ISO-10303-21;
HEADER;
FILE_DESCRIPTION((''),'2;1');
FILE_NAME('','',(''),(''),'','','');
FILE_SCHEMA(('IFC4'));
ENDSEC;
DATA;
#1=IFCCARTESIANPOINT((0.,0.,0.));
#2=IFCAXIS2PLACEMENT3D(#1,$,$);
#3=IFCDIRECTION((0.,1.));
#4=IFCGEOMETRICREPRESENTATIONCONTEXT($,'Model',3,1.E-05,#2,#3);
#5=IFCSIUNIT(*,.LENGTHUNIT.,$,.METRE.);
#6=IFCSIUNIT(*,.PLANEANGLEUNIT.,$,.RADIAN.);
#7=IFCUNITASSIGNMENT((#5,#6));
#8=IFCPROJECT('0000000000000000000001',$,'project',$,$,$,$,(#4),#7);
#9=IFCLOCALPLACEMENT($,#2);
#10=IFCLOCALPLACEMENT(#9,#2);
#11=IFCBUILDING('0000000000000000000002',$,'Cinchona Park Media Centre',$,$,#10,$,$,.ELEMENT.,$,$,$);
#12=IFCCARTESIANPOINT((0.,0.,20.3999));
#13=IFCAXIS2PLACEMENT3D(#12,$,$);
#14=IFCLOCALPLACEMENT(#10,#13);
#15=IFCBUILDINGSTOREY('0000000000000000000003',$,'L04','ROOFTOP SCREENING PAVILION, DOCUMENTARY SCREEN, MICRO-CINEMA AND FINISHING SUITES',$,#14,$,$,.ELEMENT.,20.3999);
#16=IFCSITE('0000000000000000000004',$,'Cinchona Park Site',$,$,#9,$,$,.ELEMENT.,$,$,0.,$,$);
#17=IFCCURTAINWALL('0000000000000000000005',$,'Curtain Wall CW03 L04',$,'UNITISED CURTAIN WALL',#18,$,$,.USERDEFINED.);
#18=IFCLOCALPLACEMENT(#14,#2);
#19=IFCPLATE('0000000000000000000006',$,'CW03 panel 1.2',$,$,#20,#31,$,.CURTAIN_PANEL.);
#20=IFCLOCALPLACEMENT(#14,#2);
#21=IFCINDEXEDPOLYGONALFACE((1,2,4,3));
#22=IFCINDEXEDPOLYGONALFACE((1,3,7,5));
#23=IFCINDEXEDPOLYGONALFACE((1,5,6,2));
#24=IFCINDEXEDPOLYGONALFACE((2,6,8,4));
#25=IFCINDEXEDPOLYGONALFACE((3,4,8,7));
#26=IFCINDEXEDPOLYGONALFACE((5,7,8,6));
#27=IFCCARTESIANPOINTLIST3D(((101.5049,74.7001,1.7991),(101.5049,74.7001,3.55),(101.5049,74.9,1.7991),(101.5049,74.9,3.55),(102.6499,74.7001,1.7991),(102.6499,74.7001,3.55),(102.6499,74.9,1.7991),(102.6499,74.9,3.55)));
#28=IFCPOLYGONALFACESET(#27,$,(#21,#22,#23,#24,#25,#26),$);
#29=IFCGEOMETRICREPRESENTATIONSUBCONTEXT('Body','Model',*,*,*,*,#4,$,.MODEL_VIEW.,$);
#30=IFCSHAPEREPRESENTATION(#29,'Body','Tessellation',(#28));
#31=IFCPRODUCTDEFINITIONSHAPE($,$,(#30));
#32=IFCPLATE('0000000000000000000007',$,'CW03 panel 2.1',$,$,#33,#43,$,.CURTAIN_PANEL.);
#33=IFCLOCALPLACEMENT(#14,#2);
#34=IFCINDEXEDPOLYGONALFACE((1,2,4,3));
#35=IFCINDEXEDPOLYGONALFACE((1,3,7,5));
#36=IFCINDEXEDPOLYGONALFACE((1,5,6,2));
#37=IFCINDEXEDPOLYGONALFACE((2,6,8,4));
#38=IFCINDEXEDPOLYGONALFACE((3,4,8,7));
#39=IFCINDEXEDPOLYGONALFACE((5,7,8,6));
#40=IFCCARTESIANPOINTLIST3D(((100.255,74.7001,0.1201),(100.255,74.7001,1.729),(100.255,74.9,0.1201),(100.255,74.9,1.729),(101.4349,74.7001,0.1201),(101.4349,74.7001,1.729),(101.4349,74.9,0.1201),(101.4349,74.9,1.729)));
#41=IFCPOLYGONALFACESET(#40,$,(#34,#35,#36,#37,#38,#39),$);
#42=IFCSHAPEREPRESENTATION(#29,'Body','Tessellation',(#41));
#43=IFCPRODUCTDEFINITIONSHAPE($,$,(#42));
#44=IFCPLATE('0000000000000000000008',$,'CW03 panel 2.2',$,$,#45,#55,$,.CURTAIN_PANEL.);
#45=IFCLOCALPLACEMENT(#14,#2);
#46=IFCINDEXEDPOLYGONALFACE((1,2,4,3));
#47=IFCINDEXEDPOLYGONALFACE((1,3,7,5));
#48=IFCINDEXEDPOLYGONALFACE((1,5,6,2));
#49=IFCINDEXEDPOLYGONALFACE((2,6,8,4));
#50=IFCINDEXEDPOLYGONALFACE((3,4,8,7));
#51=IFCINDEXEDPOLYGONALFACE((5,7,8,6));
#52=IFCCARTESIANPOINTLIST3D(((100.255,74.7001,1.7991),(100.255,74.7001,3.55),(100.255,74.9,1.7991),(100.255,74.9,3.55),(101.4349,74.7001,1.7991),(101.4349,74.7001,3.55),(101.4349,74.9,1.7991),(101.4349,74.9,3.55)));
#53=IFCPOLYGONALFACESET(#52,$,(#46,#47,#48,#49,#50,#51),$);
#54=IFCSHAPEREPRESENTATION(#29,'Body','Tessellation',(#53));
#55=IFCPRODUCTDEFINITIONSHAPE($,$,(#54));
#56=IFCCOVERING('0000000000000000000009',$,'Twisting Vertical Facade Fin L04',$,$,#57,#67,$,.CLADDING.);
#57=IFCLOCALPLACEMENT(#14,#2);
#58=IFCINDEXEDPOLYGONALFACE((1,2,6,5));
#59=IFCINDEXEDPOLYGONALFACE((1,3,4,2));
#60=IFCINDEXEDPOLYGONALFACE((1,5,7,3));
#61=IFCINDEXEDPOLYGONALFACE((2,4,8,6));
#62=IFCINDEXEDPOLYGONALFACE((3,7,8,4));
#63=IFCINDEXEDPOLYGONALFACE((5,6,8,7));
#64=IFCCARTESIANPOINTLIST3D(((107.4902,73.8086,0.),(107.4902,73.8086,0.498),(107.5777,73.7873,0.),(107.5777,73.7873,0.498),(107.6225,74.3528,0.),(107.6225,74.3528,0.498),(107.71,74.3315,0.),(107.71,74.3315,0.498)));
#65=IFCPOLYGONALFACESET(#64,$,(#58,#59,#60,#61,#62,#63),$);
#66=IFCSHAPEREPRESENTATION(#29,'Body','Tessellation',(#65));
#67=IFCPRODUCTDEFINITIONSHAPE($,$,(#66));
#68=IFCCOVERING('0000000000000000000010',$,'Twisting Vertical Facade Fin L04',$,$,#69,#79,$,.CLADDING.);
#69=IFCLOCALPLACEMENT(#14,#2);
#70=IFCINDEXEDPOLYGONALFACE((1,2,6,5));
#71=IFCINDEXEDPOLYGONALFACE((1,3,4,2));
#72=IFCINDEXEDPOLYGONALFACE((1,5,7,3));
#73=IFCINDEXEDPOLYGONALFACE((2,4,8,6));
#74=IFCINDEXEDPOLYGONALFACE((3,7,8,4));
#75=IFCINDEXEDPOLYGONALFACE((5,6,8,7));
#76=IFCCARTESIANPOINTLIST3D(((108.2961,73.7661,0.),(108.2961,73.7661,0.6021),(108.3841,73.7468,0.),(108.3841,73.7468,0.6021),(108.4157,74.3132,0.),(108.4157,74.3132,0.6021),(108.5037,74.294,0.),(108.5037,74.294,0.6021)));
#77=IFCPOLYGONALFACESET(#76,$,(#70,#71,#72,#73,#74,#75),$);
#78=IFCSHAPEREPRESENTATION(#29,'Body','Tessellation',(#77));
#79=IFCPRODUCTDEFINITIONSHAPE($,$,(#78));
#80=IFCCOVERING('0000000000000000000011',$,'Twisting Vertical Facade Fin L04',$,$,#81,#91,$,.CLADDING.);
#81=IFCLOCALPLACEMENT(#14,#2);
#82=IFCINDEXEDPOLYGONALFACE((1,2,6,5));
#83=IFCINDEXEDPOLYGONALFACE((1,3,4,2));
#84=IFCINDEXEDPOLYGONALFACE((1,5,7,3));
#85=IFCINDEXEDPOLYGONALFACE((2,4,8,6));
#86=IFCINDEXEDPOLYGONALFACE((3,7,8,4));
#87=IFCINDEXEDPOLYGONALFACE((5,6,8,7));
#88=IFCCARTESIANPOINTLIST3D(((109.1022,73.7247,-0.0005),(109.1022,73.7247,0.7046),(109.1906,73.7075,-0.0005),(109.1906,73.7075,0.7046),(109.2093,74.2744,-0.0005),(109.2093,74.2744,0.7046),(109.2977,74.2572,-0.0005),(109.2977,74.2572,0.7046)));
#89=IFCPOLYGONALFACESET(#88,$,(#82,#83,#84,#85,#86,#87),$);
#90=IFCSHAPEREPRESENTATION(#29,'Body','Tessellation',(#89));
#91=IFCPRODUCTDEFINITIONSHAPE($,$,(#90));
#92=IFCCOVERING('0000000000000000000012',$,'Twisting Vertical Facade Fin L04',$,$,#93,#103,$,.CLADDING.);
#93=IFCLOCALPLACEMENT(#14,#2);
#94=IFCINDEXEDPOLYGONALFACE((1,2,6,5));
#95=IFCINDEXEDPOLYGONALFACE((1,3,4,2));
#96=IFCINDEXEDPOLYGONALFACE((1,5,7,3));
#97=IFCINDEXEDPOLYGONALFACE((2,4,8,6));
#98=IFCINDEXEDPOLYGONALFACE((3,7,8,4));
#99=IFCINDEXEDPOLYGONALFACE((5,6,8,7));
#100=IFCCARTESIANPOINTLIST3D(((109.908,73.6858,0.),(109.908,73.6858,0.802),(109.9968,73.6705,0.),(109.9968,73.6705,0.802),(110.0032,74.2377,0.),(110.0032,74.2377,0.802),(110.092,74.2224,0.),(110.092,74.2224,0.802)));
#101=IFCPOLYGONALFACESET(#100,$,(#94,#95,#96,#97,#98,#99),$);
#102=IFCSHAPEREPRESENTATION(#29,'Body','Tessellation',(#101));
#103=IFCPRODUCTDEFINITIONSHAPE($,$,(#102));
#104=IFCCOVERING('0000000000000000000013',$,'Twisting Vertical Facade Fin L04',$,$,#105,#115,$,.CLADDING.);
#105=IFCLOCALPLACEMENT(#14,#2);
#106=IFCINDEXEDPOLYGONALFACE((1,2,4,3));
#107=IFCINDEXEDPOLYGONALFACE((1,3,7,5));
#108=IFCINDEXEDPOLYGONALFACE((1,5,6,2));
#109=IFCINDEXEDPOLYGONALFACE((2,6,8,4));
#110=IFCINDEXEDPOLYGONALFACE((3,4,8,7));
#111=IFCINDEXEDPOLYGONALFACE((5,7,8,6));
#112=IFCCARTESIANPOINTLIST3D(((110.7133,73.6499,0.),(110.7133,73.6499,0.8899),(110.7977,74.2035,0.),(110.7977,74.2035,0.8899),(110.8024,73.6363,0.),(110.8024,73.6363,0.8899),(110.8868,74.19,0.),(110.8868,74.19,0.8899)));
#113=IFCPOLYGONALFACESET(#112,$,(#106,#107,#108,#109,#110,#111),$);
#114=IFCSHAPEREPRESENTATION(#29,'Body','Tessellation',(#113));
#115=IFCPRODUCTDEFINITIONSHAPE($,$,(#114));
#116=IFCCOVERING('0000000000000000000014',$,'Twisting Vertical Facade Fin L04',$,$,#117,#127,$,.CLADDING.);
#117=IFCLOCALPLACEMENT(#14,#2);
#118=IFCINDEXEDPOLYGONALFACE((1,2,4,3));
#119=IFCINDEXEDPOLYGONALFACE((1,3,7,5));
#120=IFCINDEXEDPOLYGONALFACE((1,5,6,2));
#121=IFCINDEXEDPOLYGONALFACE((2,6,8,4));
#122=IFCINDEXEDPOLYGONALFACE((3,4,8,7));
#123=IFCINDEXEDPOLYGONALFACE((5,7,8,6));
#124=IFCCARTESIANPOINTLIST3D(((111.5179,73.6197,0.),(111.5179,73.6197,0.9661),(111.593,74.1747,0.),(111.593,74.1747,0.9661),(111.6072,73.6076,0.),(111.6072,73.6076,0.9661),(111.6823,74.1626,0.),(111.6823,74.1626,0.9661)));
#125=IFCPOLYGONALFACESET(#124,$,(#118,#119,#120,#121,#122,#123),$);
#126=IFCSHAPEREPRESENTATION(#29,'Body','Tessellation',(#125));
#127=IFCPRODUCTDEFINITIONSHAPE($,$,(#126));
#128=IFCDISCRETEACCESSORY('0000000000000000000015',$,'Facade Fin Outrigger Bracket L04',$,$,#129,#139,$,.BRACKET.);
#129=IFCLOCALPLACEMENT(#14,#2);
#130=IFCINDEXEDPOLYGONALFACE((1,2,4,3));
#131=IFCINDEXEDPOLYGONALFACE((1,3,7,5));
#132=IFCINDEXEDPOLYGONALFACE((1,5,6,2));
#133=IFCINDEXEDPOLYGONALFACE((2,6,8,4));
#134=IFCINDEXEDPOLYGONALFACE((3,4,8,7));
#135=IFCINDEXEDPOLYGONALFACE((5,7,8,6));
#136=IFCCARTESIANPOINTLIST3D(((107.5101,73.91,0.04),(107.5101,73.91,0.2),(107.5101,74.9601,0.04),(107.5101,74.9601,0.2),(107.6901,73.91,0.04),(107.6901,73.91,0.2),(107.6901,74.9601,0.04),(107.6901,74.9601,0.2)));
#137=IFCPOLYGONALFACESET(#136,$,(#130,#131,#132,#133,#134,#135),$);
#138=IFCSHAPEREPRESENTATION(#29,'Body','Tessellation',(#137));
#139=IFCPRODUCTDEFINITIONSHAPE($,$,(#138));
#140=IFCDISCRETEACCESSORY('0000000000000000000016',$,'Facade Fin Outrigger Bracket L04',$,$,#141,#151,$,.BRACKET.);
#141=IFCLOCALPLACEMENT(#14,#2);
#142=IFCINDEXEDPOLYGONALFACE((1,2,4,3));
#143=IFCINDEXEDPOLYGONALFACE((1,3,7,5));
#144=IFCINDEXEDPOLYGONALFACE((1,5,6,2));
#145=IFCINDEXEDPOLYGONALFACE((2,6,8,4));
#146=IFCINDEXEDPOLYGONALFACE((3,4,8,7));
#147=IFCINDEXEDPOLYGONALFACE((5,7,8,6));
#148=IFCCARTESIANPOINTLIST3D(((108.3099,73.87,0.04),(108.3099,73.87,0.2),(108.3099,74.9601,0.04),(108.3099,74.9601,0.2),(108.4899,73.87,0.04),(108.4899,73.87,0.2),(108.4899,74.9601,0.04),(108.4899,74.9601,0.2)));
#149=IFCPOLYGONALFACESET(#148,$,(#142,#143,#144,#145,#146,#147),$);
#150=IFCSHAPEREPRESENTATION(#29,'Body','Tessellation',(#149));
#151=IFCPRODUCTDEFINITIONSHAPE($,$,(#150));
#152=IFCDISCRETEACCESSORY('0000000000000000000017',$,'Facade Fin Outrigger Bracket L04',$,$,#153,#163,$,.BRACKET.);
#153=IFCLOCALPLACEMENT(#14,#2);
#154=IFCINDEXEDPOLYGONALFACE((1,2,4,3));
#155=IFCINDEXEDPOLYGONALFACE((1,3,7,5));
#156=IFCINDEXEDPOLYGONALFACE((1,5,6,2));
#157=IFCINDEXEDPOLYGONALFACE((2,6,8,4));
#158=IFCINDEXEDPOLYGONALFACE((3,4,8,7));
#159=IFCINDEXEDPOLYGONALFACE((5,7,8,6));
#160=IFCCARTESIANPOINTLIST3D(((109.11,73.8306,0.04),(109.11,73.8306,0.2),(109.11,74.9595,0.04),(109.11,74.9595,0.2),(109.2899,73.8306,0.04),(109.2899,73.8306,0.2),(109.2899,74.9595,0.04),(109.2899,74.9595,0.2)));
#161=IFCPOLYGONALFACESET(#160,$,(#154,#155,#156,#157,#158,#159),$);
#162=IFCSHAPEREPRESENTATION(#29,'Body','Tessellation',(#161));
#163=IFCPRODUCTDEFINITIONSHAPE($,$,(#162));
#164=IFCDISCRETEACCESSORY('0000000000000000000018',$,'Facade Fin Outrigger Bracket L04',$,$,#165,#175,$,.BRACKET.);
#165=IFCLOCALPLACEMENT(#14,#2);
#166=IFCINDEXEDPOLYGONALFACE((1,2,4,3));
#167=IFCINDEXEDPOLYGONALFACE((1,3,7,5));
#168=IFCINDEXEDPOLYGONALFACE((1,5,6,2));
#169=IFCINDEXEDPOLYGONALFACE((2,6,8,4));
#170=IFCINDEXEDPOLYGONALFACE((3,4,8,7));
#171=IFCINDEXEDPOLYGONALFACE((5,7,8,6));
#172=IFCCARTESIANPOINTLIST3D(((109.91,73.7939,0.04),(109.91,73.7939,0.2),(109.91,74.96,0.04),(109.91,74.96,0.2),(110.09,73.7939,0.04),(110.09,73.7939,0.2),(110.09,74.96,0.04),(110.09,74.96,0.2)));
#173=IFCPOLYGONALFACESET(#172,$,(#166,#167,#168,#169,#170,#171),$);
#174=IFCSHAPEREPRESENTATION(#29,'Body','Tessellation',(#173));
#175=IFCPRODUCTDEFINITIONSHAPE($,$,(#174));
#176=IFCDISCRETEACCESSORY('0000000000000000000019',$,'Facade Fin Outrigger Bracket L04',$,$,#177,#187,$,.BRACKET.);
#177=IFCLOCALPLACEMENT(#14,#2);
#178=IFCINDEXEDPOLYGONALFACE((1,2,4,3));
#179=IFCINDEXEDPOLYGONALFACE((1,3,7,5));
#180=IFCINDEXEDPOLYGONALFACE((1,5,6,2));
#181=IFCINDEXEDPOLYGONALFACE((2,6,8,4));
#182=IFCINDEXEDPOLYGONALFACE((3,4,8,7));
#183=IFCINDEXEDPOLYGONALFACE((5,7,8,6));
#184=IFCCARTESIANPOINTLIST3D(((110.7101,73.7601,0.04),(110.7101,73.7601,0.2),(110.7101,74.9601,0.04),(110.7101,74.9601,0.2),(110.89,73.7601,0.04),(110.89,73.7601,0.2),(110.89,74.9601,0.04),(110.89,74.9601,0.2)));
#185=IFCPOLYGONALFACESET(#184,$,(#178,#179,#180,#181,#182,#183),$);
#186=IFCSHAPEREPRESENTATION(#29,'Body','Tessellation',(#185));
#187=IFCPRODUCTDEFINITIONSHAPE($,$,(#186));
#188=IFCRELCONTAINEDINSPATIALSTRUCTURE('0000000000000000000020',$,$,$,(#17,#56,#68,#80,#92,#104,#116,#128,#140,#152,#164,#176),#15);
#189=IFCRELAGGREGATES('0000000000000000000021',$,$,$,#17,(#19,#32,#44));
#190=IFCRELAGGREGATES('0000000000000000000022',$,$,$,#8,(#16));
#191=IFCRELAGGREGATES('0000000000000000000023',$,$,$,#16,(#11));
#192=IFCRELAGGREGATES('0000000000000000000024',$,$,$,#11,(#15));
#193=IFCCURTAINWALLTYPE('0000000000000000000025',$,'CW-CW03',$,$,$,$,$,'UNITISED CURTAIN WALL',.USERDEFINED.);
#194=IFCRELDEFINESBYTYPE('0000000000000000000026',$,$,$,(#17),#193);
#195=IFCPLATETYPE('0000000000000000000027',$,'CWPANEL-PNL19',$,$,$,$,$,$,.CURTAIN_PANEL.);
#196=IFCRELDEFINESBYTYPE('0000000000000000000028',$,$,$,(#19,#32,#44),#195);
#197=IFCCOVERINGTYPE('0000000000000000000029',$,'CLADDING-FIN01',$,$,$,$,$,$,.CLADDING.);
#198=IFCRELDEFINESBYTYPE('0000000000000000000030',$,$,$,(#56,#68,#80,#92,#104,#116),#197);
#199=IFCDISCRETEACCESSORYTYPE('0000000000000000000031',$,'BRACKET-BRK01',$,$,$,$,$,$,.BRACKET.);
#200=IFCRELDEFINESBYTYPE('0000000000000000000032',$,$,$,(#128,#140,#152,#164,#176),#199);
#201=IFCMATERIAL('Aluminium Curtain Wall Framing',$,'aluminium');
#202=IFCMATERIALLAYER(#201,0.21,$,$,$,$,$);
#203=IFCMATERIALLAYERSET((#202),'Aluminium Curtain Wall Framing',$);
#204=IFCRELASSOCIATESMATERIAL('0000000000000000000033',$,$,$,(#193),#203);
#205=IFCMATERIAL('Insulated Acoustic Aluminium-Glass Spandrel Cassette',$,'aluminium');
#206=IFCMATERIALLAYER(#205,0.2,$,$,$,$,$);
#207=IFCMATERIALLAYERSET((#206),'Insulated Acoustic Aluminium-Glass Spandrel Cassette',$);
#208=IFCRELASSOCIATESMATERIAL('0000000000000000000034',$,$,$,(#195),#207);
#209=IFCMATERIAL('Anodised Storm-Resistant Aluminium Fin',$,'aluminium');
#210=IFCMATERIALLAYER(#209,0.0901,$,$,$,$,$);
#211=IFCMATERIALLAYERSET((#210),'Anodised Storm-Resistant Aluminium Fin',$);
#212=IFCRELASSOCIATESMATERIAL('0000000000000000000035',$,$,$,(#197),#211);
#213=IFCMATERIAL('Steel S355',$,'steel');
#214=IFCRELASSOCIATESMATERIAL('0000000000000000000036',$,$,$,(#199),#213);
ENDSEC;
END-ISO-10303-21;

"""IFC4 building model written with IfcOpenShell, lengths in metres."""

from ifc_helpers import new_model, si_unit, direction, frame, origin, origin_2d, place, context, subcontext, project, spatial, rectangle, extrude, material, layer, layer_set, type_object, element, aggregate, save


model = new_model("IFC4")

# Units and contexts
model_context = context("Model", 3, precision=1e-05, world=origin(), true_north=direction((0.0, 1.0)))
body_context = subcontext(model_context, "Body", "Model", "MODEL_VIEW")
ifc_project = project(units=[si_unit("LENGTHUNIT", "METRE"), si_unit("PLANEANGLEUNIT", "RADIAN")], contexts=[model_context])

# Site, building, storey
site_placement = place(None, origin())
site = spatial("IfcSite", under=ifc_project, at=site_placement, Name="Cinchona Park Site", CompositionType="ELEMENT", RefElevation=0.0)
building_placement = place(site_placement, origin())
building = spatial("IfcBuilding", under=site, at=building_placement, Name="Cinchona Park Media Centre", CompositionType="ELEMENT")
storey_placement = place(building_placement, frame((0.0, 0.0, 20.3999)))
storey = spatial("IfcBuildingStorey", under=building, at=storey_placement, Name="L04", Description="ROOFTOP SCREENING PAVILION, DOCUMENTARY SCREEN, MICRO-CINEMA AND FINISHING SUITES", CompositionType="ELEMENT", Elevation=20.3999)

# Curtain wall
ifc_material_1 = material(Name="Aluminium Curtain Wall Framing", Category="aluminium")
ifc_layer_1 = layer(ifc_material_1, 0.21)
ifc_layer_set_1 = layer_set([ifc_layer_1], Name="Aluminium Curtain Wall Framing")
curtain_wall_type_1 = type_object("IfcCurtainWallType", Name="CW-CW03", ElementType="UNITISED CURTAIN WALL", PredefinedType="USERDEFINED", material=ifc_layer_set_1)
curtain_wall_1_placement = place(storey_placement, origin())
curtain_wall_1 = element("IfcCurtainWall", 1, at=curtain_wall_1_placement, inside=storey, type_object=curtain_wall_type_1, Name="Curtain Wall CW03 L04", ObjectType="UNITISED CURTAIN WALL", PredefinedType="USERDEFINED")

# Plates
ifc_material_2 = material(Name="Insulated Acoustic Aluminium-Glass Spandrel Cassette", Category="aluminium")
ifc_layer_2 = layer(ifc_material_2, 0.2)
ifc_layer_set_2 = layer_set([ifc_layer_2], Name="Insulated Acoustic Aluminium-Glass Spandrel Cassette")
plate_type_1 = type_object("IfcPlateType", Name="CWPANEL-PNL19", PredefinedType="CURTAIN_PANEL", material=ifc_layer_set_2)
plate_1_placement = place(storey_placement, frame((102.0774, 74.8, 1.7991), z_axis=(0.0, 0.0, 1.0), x_axis=(-1.0, 0.0, 0.0)))
plate_1 = element("IfcPlate", 2, at=plate_1_placement, type_object=plate_type_1, Name="CW03 panel 1.2", PredefinedType="CURTAIN_PANEL", context=body_context, shape_type="SweptSolid", body=[
    extrude(rectangle(XDim=1.145, YDim=0.2, at=origin_2d()), origin(), (0.0, 0.0, 1.0), 1.751),
])
plate_2_placement = place(storey_placement, frame((100.845, 74.8, 0.1201), z_axis=(0.0, 0.0, 1.0), x_axis=(-1.0, 0.0, 0.0)))
plate_2 = element("IfcPlate", 3, at=plate_2_placement, type_object=plate_type_1, Name="CW03 panel 2.1", PredefinedType="CURTAIN_PANEL", context=body_context, shape_type="SweptSolid", body=[
    extrude(rectangle(XDim=1.1799, YDim=0.2, at=origin_2d()), origin(), (0.0, 0.0, 1.0), 1.6089),
])
plate_3_placement = place(storey_placement, frame((100.845, 74.8, 1.7991), z_axis=(0.0, 0.0, 1.0), x_axis=(-1.0, 0.0, 0.0)))
plate_3 = element("IfcPlate", 4, at=plate_3_placement, type_object=plate_type_1, Name="CW03 panel 2.2", PredefinedType="CURTAIN_PANEL", context=body_context, shape_type="SweptSolid", body=[
    extrude(rectangle(XDim=1.1799, YDim=0.2, at=origin_2d()), origin(), (0.0, 0.0, 1.0), 1.751),
])
aggregate(curtain_wall_1, [plate_1, plate_2, plate_3])

# Coverings
ifc_material_3 = material(Name="Anodised Storm-Resistant Aluminium Fin", Category="aluminium")
ifc_layer_3 = layer(ifc_material_3, 0.0901)
ifc_layer_set_3 = layer_set([ifc_layer_3], Name="Anodised Storm-Resistant Aluminium Fin")
covering_type = type_object("IfcCoveringType", Name="CLADDING-FIN01", PredefinedType="CLADDING", material=ifc_layer_set_3)
covering_1_placement = place(storey_placement, frame((107.6001, 74.0701, 0.0), z_axis=(0.0, 0.0, 1.0), x_axis=(0.236329, 0.971673, 0.0)))
element("IfcCovering", 5, at=covering_1_placement, inside=storey, type_object=covering_type, Name="Twisting Vertical Facade Fin L04", PredefinedType="CLADDING", context=body_context, shape_type="SweptSolid", body=[
    extrude(rectangle(XDim=0.5601, YDim=0.0901, at=origin_2d()), origin(), (0.0, 0.0, 1.0), 0.498),
])
covering_2_placement = place(storey_placement, frame((108.3999, 74.03, 0.0), z_axis=(0.0, 0.0, 1.0), x_axis=(0.213542, 0.976934, 0.0)))
element("IfcCovering", 6, at=covering_2_placement, inside=storey, type_object=covering_type, Name="Twisting Vertical Facade Fin L04", PredefinedType="CLADDING", context=body_context, shape_type="SweptSolid", body=[
    extrude(rectangle(XDim=0.5601, YDim=0.0901, at=origin_2d()), origin(), (0.0, 0.0, 1.0), 0.6021),
])
covering_3_placement = place(storey_placement, frame((109.2, 73.991, -0.0005), z_axis=(0.0, 0.0, 1.0), x_axis=(0.191323, 0.981527, 0.0)))
element("IfcCovering", 7, at=covering_3_placement, inside=storey, type_object=covering_type, Name="Twisting Vertical Facade Fin L04", PredefinedType="CLADDING", context=body_context, shape_type="SweptSolid", body=[
    extrude(rectangle(XDim=0.5601, YDim=0.0901, at=origin_2d()), origin(), (0.0, 0.0, 1.0), 0.7051),
])
covering_4_placement = place(storey_placement, frame((110.0, 73.9541, 0.0), z_axis=(0.0, 0.0, 1.0), x_axis=(0.170038, 0.985438, 0.0)))
element("IfcCovering", 8, at=covering_4_placement, inside=storey, type_object=covering_type, Name="Twisting Vertical Facade Fin L04", PredefinedType="CLADDING", context=body_context, shape_type="SweptSolid", body=[
    extrude(rectangle(XDim=0.5601, YDim=0.0901, at=origin_2d()), origin(), (0.0, 0.0, 1.0), 0.802),
])
covering_5_placement = place(storey_placement, frame((110.8, 73.9199, 0.0), z_axis=(0.0, 0.0, 1.0), x_axis=(0.150743, 0.988573, 0.0)))
element("IfcCovering", 9, at=covering_5_placement, inside=storey, type_object=covering_type, Name="Twisting Vertical Facade Fin L04", PredefinedType="CLADDING", context=body_context, shape_type="SweptSolid", body=[
    extrude(rectangle(XDim=0.5601, YDim=0.0901, at=origin_2d()), origin(), (0.0, 0.0, 1.0), 0.8899),
])
covering_6_placement = place(storey_placement, frame((111.6001, 73.8911, 0.0), z_axis=(0.0, 0.0, 1.0), x_axis=(0.134159, 0.99096, 0.0)))
element("IfcCovering", 10, at=covering_6_placement, inside=storey, type_object=covering_type, Name="Twisting Vertical Facade Fin L04", PredefinedType="CLADDING", context=body_context, shape_type="SweptSolid", body=[
    extrude(rectangle(XDim=0.5601, YDim=0.0901, at=origin_2d()), origin(), (0.0, 0.0, 1.0), 0.9661),
])

# Discrete accessories
ifc_material_4 = material(Name="Steel S355", Category="steel")
discrete_accessory_type = type_object("IfcDiscreteAccessoryType", Name="BRACKET-BRK01", PredefinedType="BRACKET", material=ifc_material_4)
discrete_accessory_1_placement = place(storey_placement, frame((107.6001, 74.4351, 0.04), z_axis=(0.0, 0.0, 1.0), x_axis=(1.0, 0.0, 0.0)))
element("IfcDiscreteAccessory", 11, at=discrete_accessory_1_placement, inside=storey, type_object=discrete_accessory_type, Name="Facade Fin Outrigger Bracket L04", PredefinedType="BRACKET", context=body_context, shape_type="SweptSolid", body=[
    extrude(rectangle(XDim=0.1799, YDim=1.05, at=origin_2d()), origin(), (0.0, 0.0, 1.0), 0.1599),
])
discrete_accessory_2_placement = place(storey_placement, frame((108.3999, 74.415, 0.04), z_axis=(0.0, 0.0, 1.0), x_axis=(1.0, 0.0, 0.0)))
element("IfcDiscreteAccessory", 12, at=discrete_accessory_2_placement, inside=storey, type_object=discrete_accessory_type, Name="Facade Fin Outrigger Bracket L04", PredefinedType="BRACKET", context=body_context, shape_type="SweptSolid", body=[
    extrude(rectangle(XDim=0.1799, YDim=1.0901, at=origin_2d()), origin(), (0.0, 0.0, 1.0), 0.1599),
])
discrete_accessory_3_placement = place(storey_placement, frame((109.2, 74.395, 0.04), z_axis=(0.0, 0.0, 1.0), x_axis=(1.0, 0.0, 0.0)))
element("IfcDiscreteAccessory", 13, at=discrete_accessory_3_placement, inside=storey, type_object=discrete_accessory_type, Name="Facade Fin Outrigger Bracket L04", PredefinedType="BRACKET", context=body_context, shape_type="SweptSolid", body=[
    extrude(rectangle(XDim=0.1799, YDim=1.1289, at=origin_2d()), origin(), (0.0, 0.0, 1.0), 0.1599),
])
discrete_accessory_4_placement = place(storey_placement, frame((110.0, 74.377, 0.04), z_axis=(0.0, 0.0, 1.0), x_axis=(1.0, 0.0, 0.0)))
element("IfcDiscreteAccessory", 14, at=discrete_accessory_4_placement, inside=storey, type_object=discrete_accessory_type, Name="Facade Fin Outrigger Bracket L04", PredefinedType="BRACKET", context=body_context, shape_type="SweptSolid", body=[
    extrude(rectangle(XDim=0.1799, YDim=1.166, at=origin_2d()), origin(), (0.0, 0.0, 1.0), 0.1599),
])
discrete_accessory_5_placement = place(storey_placement, frame((110.8, 74.3601, 0.04), z_axis=(0.0, 0.0, 1.0), x_axis=(1.0, 0.0, 0.0)))
element("IfcDiscreteAccessory", 15, at=discrete_accessory_5_placement, inside=storey, type_object=discrete_accessory_type, Name="Facade Fin Outrigger Bracket L04", PredefinedType="BRACKET", context=body_context, shape_type="SweptSolid", body=[
    extrude(rectangle(XDim=0.1799, YDim=1.2, at=origin_2d()), origin(), (0.0, 0.0, 1.0), 0.1599),
])

save(model, "model.ifc")
